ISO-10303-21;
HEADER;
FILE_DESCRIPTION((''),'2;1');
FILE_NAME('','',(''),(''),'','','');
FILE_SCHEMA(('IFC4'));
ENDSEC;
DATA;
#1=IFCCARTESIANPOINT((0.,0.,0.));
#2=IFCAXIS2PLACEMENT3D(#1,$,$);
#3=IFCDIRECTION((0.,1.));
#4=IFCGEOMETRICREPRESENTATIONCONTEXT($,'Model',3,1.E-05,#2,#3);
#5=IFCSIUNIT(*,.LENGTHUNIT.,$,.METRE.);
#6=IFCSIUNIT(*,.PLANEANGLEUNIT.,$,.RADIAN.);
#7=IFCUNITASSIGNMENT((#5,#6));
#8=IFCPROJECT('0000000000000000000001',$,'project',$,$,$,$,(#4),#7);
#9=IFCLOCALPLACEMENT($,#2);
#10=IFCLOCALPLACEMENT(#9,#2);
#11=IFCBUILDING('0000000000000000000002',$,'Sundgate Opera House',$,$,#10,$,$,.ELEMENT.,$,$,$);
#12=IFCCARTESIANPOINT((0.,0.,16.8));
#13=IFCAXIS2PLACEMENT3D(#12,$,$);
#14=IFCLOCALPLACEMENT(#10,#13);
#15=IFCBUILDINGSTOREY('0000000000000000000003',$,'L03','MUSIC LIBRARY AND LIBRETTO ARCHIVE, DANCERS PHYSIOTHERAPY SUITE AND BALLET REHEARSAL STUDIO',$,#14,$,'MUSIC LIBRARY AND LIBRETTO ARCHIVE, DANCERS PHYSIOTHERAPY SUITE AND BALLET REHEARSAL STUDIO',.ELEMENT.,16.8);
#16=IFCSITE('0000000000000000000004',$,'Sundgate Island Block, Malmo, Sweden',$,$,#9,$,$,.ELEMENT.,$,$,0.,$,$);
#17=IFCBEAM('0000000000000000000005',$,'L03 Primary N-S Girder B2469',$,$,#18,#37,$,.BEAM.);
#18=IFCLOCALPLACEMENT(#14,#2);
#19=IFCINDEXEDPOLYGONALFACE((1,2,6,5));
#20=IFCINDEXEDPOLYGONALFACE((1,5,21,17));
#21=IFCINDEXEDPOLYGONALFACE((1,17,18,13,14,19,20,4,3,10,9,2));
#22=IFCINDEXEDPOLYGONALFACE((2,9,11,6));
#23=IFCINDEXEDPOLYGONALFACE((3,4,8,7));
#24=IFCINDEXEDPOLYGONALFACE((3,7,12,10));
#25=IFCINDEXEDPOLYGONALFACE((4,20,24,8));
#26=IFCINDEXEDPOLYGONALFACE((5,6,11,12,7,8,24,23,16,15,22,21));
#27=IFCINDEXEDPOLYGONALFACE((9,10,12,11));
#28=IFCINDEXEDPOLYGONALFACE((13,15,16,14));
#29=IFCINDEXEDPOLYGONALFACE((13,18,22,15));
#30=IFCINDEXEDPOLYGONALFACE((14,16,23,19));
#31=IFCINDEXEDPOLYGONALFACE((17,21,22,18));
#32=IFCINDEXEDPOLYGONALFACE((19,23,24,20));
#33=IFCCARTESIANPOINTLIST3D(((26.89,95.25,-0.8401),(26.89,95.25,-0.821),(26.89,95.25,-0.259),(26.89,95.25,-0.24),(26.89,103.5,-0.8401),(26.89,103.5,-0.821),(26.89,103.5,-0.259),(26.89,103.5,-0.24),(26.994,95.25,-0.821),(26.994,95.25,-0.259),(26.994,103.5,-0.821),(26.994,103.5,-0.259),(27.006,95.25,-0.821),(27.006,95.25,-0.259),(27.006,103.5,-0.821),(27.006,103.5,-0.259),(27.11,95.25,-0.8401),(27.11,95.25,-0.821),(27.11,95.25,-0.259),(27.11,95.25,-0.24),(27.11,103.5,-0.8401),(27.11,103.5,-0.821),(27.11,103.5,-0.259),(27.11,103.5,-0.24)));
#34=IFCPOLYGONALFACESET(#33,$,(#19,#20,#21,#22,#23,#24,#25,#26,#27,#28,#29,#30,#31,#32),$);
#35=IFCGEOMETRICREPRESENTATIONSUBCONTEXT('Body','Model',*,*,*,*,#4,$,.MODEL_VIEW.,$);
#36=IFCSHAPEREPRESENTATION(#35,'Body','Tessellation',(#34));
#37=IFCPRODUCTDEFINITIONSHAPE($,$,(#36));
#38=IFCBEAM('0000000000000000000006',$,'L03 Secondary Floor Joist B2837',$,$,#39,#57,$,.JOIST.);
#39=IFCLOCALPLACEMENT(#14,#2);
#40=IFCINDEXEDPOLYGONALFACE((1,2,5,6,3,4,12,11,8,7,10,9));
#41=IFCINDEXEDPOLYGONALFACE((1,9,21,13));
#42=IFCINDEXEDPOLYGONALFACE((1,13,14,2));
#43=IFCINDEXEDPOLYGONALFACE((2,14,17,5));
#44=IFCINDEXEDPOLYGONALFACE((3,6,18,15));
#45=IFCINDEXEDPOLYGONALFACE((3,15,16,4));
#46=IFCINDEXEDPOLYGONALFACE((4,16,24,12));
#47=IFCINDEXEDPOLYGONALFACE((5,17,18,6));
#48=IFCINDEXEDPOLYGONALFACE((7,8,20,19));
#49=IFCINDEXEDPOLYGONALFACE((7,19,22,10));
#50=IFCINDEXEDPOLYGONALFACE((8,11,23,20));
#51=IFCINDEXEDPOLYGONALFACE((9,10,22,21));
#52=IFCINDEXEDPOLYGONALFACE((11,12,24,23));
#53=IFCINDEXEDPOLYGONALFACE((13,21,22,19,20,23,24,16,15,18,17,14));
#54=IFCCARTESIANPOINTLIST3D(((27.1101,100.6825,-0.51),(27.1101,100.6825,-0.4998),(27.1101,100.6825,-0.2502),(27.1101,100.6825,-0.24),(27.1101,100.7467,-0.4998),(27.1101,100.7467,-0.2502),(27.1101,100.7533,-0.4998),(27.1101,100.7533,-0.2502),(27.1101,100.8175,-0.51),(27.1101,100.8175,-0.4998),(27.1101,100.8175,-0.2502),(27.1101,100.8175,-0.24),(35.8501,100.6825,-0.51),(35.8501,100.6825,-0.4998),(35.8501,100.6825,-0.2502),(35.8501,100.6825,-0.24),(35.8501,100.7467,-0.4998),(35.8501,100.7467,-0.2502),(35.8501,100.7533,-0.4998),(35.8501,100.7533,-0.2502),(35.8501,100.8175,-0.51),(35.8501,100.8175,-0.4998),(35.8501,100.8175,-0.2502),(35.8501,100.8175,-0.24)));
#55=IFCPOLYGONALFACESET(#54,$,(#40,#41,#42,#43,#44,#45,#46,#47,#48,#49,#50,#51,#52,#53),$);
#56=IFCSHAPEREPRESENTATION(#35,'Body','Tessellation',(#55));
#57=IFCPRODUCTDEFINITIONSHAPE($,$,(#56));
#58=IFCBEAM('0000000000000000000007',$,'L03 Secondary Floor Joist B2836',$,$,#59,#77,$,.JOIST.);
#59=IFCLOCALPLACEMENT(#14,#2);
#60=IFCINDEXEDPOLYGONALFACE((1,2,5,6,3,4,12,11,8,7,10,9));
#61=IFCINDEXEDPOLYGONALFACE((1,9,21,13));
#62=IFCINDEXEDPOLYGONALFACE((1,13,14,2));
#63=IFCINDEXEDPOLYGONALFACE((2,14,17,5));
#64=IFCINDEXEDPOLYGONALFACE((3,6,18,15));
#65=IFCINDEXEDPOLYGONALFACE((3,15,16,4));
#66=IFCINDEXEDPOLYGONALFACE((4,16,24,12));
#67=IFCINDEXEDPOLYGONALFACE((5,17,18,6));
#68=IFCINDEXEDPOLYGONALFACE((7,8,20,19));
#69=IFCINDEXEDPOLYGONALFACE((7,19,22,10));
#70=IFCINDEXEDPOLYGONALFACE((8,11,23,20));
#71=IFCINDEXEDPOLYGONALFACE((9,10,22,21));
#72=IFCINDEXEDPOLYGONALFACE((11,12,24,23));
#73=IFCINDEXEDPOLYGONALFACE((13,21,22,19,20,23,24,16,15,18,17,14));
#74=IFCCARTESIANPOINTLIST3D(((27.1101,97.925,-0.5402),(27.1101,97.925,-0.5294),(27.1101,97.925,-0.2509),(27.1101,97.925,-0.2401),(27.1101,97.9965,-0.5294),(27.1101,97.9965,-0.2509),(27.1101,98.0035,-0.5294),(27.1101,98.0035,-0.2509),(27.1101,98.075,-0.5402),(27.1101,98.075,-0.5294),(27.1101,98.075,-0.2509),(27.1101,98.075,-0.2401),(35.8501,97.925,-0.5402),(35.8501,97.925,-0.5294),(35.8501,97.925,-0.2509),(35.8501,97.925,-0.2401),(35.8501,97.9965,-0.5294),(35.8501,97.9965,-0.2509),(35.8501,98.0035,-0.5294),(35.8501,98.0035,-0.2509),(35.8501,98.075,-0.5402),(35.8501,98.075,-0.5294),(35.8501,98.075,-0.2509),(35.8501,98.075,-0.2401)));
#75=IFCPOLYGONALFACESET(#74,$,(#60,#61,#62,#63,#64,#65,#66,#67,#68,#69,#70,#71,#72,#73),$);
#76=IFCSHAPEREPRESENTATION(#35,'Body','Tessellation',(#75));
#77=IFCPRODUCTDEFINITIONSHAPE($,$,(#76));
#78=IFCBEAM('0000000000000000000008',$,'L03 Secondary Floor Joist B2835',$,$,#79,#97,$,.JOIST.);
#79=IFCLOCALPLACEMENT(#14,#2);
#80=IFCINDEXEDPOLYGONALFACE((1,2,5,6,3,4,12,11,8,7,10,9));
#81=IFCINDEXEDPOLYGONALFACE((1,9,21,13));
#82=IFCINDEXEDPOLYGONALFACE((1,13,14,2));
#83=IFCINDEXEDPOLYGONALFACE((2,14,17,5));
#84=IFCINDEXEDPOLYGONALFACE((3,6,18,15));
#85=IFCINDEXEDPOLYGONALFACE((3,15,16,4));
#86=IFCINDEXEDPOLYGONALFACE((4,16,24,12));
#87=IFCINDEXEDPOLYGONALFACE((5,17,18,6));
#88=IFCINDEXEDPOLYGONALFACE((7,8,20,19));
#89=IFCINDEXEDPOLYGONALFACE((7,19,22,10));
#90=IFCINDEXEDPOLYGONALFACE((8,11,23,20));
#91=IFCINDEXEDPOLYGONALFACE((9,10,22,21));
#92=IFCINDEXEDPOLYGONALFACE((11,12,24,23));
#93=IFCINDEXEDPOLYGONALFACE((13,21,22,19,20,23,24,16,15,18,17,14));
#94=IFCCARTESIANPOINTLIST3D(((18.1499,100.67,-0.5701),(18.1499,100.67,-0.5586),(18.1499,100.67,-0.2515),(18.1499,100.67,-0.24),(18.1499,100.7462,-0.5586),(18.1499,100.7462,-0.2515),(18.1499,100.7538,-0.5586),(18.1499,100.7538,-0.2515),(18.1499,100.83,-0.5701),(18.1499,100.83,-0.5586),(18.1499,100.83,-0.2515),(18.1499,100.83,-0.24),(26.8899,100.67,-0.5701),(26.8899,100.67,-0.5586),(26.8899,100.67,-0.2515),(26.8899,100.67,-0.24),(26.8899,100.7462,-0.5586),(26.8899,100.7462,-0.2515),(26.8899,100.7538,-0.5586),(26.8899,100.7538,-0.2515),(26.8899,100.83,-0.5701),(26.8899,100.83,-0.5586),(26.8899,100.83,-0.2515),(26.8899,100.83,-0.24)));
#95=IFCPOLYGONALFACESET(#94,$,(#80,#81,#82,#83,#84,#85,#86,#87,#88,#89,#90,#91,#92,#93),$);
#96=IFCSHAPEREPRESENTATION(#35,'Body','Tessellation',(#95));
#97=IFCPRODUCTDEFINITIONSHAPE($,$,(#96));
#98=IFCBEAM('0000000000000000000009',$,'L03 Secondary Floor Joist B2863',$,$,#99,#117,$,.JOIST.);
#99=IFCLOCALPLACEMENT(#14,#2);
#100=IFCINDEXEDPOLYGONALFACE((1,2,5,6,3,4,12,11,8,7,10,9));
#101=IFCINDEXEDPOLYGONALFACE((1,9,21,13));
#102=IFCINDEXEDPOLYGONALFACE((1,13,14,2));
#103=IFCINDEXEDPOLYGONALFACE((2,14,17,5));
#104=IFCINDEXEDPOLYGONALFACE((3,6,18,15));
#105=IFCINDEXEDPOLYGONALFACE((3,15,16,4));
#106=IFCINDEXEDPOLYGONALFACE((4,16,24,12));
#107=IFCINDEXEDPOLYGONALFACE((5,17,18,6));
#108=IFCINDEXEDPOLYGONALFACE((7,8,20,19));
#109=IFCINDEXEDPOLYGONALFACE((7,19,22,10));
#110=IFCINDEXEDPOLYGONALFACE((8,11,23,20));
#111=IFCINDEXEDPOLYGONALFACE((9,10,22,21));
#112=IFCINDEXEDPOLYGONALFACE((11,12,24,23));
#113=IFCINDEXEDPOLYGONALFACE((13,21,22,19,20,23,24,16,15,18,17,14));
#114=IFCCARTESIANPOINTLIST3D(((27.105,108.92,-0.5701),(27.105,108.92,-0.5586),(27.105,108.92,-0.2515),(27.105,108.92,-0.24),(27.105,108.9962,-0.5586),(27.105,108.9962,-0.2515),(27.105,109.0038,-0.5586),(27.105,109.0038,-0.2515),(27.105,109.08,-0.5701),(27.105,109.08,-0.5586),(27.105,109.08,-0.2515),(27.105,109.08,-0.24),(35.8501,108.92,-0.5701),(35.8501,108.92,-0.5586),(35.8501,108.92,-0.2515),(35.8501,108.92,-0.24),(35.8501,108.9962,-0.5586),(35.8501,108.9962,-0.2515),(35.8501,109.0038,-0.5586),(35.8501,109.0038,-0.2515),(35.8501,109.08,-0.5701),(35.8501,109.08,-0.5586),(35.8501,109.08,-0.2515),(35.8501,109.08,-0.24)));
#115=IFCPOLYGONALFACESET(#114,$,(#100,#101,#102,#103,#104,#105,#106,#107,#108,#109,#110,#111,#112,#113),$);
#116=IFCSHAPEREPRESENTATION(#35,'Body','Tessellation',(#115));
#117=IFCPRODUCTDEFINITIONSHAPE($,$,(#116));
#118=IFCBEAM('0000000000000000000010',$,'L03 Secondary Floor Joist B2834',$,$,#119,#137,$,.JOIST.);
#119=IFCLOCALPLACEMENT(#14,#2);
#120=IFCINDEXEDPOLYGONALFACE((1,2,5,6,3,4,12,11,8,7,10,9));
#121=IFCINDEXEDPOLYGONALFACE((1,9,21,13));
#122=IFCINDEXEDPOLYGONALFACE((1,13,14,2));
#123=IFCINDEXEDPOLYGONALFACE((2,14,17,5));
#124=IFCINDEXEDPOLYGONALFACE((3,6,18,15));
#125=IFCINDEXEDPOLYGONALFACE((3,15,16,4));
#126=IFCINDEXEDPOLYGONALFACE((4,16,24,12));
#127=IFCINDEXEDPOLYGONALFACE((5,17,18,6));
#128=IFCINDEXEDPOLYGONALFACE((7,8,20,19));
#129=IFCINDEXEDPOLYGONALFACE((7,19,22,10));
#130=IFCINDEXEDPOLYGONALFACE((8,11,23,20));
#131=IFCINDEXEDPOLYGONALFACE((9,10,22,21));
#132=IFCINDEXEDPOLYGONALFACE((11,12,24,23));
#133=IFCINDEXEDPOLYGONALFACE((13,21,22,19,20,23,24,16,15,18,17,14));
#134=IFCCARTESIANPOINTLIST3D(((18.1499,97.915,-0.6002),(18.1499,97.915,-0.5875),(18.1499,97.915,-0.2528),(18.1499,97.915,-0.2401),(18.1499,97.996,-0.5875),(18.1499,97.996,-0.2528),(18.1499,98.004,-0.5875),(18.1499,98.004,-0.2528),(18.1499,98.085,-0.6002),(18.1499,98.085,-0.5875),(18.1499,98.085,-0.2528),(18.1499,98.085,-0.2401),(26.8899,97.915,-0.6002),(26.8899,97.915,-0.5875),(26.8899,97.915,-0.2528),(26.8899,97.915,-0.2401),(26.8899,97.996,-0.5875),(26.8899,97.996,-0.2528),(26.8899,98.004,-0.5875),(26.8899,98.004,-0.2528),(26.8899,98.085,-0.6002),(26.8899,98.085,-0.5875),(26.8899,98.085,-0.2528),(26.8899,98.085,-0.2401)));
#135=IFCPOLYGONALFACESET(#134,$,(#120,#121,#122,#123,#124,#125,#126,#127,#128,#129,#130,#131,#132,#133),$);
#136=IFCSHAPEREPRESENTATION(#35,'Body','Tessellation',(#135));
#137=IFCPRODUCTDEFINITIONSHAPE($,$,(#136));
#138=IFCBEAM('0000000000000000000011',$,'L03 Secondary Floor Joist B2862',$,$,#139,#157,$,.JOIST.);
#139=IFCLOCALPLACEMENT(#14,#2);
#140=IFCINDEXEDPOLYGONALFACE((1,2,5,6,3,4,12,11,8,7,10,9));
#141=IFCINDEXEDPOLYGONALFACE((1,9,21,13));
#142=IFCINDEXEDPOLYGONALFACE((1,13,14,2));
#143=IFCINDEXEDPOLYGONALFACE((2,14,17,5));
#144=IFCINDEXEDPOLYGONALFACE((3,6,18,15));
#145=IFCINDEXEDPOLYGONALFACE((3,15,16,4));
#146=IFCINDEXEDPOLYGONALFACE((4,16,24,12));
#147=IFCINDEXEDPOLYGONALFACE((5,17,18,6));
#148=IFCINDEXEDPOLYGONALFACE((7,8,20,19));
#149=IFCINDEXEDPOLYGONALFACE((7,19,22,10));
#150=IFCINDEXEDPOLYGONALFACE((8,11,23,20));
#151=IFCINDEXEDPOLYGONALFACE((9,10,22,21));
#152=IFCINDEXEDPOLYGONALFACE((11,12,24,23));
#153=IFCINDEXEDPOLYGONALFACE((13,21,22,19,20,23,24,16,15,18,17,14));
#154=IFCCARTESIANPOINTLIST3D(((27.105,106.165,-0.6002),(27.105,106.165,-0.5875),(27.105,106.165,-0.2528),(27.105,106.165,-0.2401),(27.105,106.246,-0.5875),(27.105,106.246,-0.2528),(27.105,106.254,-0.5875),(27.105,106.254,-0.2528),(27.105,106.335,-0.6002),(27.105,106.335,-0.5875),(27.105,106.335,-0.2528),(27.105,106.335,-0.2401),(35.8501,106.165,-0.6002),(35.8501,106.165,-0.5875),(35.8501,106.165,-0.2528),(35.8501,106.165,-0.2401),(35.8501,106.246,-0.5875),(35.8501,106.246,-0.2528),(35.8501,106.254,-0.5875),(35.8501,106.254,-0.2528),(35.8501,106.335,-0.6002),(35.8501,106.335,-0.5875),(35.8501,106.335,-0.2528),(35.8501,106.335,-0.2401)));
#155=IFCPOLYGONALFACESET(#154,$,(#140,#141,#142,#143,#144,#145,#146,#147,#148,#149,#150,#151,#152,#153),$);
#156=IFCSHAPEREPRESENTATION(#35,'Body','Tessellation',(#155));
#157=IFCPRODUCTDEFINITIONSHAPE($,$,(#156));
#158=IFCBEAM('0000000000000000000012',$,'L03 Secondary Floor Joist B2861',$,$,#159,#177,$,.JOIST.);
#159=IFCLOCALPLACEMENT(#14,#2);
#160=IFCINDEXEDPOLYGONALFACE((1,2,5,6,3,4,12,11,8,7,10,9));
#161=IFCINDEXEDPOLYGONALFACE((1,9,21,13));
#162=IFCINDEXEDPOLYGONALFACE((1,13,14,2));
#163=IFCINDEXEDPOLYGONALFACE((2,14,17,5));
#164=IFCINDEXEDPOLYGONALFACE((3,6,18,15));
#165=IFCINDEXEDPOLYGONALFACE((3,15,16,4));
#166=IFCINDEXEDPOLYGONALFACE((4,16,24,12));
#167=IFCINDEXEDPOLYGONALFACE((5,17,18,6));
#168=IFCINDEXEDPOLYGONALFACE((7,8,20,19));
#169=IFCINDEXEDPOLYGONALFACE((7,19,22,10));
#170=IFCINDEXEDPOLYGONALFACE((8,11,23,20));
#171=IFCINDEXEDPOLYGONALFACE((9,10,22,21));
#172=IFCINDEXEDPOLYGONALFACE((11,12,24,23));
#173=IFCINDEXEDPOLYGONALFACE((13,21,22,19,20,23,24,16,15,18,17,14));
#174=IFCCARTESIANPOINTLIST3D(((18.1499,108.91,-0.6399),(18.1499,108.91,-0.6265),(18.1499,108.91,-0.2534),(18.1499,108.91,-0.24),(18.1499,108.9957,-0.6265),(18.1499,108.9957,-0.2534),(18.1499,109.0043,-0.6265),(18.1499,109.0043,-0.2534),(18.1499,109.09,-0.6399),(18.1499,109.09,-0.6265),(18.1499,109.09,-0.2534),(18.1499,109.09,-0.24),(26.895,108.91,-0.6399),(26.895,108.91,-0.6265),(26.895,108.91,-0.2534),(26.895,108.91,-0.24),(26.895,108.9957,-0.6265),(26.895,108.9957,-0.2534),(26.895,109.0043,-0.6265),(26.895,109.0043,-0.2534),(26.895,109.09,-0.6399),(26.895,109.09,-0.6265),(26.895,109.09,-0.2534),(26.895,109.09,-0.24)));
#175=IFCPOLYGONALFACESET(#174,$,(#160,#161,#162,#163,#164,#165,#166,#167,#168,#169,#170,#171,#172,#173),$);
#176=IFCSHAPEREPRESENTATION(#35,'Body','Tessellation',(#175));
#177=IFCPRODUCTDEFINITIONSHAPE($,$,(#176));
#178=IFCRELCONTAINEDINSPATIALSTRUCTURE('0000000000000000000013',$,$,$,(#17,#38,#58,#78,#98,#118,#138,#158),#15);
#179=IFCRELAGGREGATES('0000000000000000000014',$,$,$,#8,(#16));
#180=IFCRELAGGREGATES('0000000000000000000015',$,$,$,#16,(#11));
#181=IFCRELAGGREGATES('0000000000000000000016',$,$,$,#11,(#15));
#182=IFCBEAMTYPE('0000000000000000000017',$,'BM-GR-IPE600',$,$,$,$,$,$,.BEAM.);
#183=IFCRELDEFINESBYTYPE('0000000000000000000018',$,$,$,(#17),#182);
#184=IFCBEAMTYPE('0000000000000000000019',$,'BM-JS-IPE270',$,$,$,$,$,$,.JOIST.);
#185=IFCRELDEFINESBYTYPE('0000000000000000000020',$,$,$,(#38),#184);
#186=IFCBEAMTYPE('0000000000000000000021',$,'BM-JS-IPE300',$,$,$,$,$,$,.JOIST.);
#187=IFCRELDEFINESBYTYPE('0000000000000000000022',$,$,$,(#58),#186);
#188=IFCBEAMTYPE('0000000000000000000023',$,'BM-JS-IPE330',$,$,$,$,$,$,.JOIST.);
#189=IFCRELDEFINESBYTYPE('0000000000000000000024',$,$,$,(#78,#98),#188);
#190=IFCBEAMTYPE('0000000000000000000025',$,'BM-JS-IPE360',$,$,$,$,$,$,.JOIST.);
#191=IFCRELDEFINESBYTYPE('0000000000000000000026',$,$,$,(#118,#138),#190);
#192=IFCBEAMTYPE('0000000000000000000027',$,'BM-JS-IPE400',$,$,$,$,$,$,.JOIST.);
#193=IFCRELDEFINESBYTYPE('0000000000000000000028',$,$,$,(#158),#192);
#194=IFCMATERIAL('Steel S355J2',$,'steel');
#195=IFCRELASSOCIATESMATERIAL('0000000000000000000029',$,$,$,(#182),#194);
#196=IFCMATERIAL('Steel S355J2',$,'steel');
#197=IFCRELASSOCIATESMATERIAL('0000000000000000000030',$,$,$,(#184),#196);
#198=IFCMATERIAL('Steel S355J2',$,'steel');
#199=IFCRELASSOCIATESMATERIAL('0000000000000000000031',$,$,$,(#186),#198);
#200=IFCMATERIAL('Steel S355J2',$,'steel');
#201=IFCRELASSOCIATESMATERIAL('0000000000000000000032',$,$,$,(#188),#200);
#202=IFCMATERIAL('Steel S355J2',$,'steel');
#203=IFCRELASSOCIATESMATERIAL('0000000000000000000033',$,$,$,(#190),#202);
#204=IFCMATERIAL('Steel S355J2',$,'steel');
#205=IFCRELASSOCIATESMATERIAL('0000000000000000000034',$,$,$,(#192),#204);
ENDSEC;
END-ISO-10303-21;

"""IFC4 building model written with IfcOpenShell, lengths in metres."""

from ifc_helpers import new_model, si_unit, direction, frame, origin, origin_2d, place, context, subcontext, project, spatial, i_section, extrude, material, material_profile, profile_set, type_object, element, save


model = new_model("IFC4")

# Units and contexts
model_context = context("Model", 3, precision=1e-05, world=origin(), true_north=direction((0.0, 1.0)))
body_context = subcontext(model_context, "Body", "Model", "MODEL_VIEW")
ifc_project = project(units=[si_unit("LENGTHUNIT", "METRE"), si_unit("PLANEANGLEUNIT", "RADIAN")], contexts=[model_context])

# Site, building, storey
site_placement = place(None, origin())
site = spatial("IfcSite", under=ifc_project, at=site_placement, Name="Sundgate Island Block, Malmo, Sweden", CompositionType="ELEMENT", RefElevation=0.0)
building_placement = place(site_placement, origin())
building = spatial("IfcBuilding", under=site, at=building_placement, Name="Sundgate Opera House", CompositionType="ELEMENT")
storey_placement = place(building_placement, frame((0.0, 0.0, 16.8)))
storey = spatial("IfcBuildingStorey", under=building, at=storey_placement, Name="L03", Description="MUSIC LIBRARY AND LIBRETTO ARCHIVE, DANCERS PHYSIOTHERAPY SUITE AND BALLET REHEARSAL STUDIO", LongName="MUSIC LIBRARY AND LIBRETTO ARCHIVE, DANCERS PHYSIOTHERAPY SUITE AND BALLET REHEARSAL STUDIO", CompositionType="ELEMENT", Elevation=16.8)

# Beams
ifc_material_1 = material(Name="Steel S355J2", Category="steel")
ifc_material_profile_1 = material_profile(ifc_material_1, i_section(OverallWidth=0.22, OverallDepth=0.6001, WebThickness=0.012, FlangeThickness=0.019, at=origin_2d()), Name="IPE 600")
ifc_profile_set_1 = profile_set([ifc_material_profile_1], Name="Steel S355J2")
beam_type_1 = type_object("IfcBeamType", Name="BM-GR-IPE600", PredefinedType="BEAM", material=ifc_profile_set_1)
beam_1_placement = place(storey_placement, frame((27.0, 95.25, -0.54), z_axis=(0.0, 1.0, 0.0), x_axis=(-1.0, 0.0, 0.0)))
element("IfcBeam", 1, at=beam_1_placement, inside=storey, type_object=beam_type_1, Name="L03 Primary N-S Girder B2469", PredefinedType="BEAM", context=body_context, shape_type="SweptSolid", body=[
    extrude(i_section(OverallWidth=0.22, OverallDepth=0.6001, WebThickness=0.012, FlangeThickness=0.019, at=origin_2d()), origin(), (0.0, 0.0, 1.0), 8.25),
])
ifc_material_2 = material(Name="Steel S355J2", Category="steel")
ifc_material_profile_2 = material_profile(ifc_material_2, i_section(OverallWidth=0.135, OverallDepth=0.27, WebThickness=0.0066, FlangeThickness=0.0103, at=origin_2d()), Name="IPE 270")
ifc_profile_set_2 = profile_set([ifc_material_profile_2], Name="Steel S355J2")
beam_type_2 = type_object("IfcBeamType", Name="BM-JS-IPE270", PredefinedType="JOIST", material=ifc_profile_set_2)
beam_2_placement = place(storey_placement, frame((27.1101, 100.75, -0.375), z_axis=(1.0, 0.0, 0.0), x_axis=(0.0, 1.0, 0.0)))
element("IfcBeam", 2, at=beam_2_placement, inside=storey, type_object=beam_type_2, Name="L03 Secondary Floor Joist B2837", PredefinedType="JOIST", context=body_context, shape_type="SweptSolid", body=[
    extrude(i_section(OverallWidth=0.135, OverallDepth=0.27, WebThickness=0.0066, FlangeThickness=0.0103, at=origin_2d()), origin(), (0.0, 0.0, 1.0), 8.74),
])
ifc_material_3 = material(Name="Steel S355J2", Category="steel")
ifc_material_profile_3 = material_profile(ifc_material_3, i_section(OverallWidth=0.1499, OverallDepth=0.3, WebThickness=0.0071, FlangeThickness=0.0107, at=origin_2d()), Name="IPE 300")
ifc_profile_set_3 = profile_set([ifc_material_profile_3], Name="Steel S355J2")
beam_type_3 = type_object("IfcBeamType", Name="BM-JS-IPE300", PredefinedType="JOIST", material=ifc_profile_set_3)
beam_3_placement = place(storey_placement, frame((27.1101, 98.0, -0.3901), z_axis=(1.0, 0.0, 0.0), x_axis=(0.0, 1.0, 0.0)))
element("IfcBeam", 3, at=beam_3_placement, inside=storey, type_object=beam_type_3, Name="L03 Secondary Floor Joist B2836", PredefinedType="JOIST", context=body_context, shape_type="SweptSolid", body=[
    extrude(i_section(OverallWidth=0.1499, OverallDepth=0.3, WebThickness=0.0071, FlangeThickness=0.0107, at=origin_2d()), origin(), (0.0, 0.0, 1.0), 8.74),
])
ifc_material_4 = material(Name="Steel S355J2", Category="steel")
ifc_material_profile_4 = material_profile(ifc_material_4, i_section(OverallWidth=0.1599, OverallDepth=0.3301, WebThickness=0.0076, FlangeThickness=0.0115, at=origin_2d()), Name="IPE 330")
ifc_profile_set_4 = profile_set([ifc_material_profile_4], Name="Steel S355J2")
beam_type_4 = type_object("IfcBeamType", Name="BM-JS-IPE330", PredefinedType="JOIST", material=ifc_profile_set_4)
beam_4_placement = place(storey_placement, frame((18.1499, 100.75, -0.405), z_axis=(1.0, 0.0, 0.0), x_axis=(0.0, 1.0, 0.0)))
element("IfcBeam", 4, at=beam_4_placement, inside=storey, type_object=beam_type_4, Name="L03 Secondary Floor Joist B2835", PredefinedType="JOIST", context=body_context, shape_type="SweptSolid", body=[
    extrude(i_section(OverallWidth=0.1599, OverallDepth=0.3301, WebThickness=0.0076, FlangeThickness=0.0115, at=origin_2d()), origin(), (0.0, 0.0, 1.0), 8.74),
])
beam_5_placement = place(storey_placement, frame((27.105, 109.0, -0.405), z_axis=(1.0, 0.0, 0.0), x_axis=(0.0, 1.0, 0.0)))
element("IfcBeam", 5, at=beam_5_placement, inside=storey, type_object=beam_type_4, Name="L03 Secondary Floor Joist B2863", PredefinedType="JOIST", context=body_context, shape_type="SweptSolid", body=[
    extrude(i_section(OverallWidth=0.1599, OverallDepth=0.3301, WebThickness=0.0076, FlangeThickness=0.0115, at=origin_2d()), origin(), (0.0, 0.0, 1.0), 8.7451),
])
ifc_material_5 = material(Name="Steel S355J2", Category="steel")
ifc_material_profile_5 = material_profile(ifc_material_5, i_section(OverallWidth=0.1699, OverallDepth=0.3601, WebThickness=0.0081, FlangeThickness=0.0127, at=origin_2d()), Name="IPE 360")
ifc_profile_set_5 = profile_set([ifc_material_profile_5], Name="Steel S355J2")
beam_type_5 = type_object("IfcBeamType", Name="BM-JS-IPE360", PredefinedType="JOIST", material=ifc_profile_set_5)
beam_6_placement = place(storey_placement, frame((18.1499, 98.0, -0.4202), z_axis=(1.0, 0.0, 0.0), x_axis=(0.0, 1.0, 0.0)))
element("IfcBeam", 6, at=beam_6_placement, inside=storey, type_object=beam_type_5, Name="L03 Secondary Floor Joist B2834", PredefinedType="JOIST", context=body_context, shape_type="SweptSolid", body=[
    extrude(i_section(OverallWidth=0.1699, OverallDepth=0.3601, WebThickness=0.0081, FlangeThickness=0.0127, at=origin_2d()), origin(), (0.0, 0.0, 1.0), 8.74),
])
beam_7_placement = place(storey_placement, frame((27.105, 106.25, -0.4202), z_axis=(1.0, 0.0, 0.0), x_axis=(0.0, 1.0, 0.0)))
element("IfcBeam", 7, at=beam_7_placement, inside=storey, type_object=beam_type_5, Name="L03 Secondary Floor Joist B2862", PredefinedType="JOIST", context=body_context, shape_type="SweptSolid", body=[
    extrude(i_section(OverallWidth=0.1699, OverallDepth=0.3601, WebThickness=0.0081, FlangeThickness=0.0127, at=origin_2d()), origin(), (0.0, 0.0, 1.0), 8.7451),
])
ifc_material_6 = material(Name="Steel S355J2", Category="steel")
ifc_material_profile_6 = material_profile(ifc_material_6, i_section(OverallWidth=0.1799, OverallDepth=0.3999, WebThickness=0.0085, FlangeThickness=0.0134, at=origin_2d()), Name="IPE 400")
ifc_profile_set_6 = profile_set([ifc_material_profile_6], Name="Steel S355J2")
beam_type_6 = type_object("IfcBeamType", Name="BM-JS-IPE400", PredefinedType="JOIST", material=ifc_profile_set_6)
beam_8_placement = place(storey_placement, frame((18.1499, 109.0, -0.4399), z_axis=(1.0, 0.0, 0.0), x_axis=(0.0, 1.0, 0.0)))
element("IfcBeam", 8, at=beam_8_placement, inside=storey, type_object=beam_type_6, Name="L03 Secondary Floor Joist B2861", PredefinedType="JOIST", context=body_context, shape_type="SweptSolid", body=[
    extrude(i_section(OverallWidth=0.1799, OverallDepth=0.3999, WebThickness=0.0085, FlangeThickness=0.0134, at=origin_2d()), origin(), (0.0, 0.0, 1.0), 8.7451),
])

save(model, "model.ifc")
